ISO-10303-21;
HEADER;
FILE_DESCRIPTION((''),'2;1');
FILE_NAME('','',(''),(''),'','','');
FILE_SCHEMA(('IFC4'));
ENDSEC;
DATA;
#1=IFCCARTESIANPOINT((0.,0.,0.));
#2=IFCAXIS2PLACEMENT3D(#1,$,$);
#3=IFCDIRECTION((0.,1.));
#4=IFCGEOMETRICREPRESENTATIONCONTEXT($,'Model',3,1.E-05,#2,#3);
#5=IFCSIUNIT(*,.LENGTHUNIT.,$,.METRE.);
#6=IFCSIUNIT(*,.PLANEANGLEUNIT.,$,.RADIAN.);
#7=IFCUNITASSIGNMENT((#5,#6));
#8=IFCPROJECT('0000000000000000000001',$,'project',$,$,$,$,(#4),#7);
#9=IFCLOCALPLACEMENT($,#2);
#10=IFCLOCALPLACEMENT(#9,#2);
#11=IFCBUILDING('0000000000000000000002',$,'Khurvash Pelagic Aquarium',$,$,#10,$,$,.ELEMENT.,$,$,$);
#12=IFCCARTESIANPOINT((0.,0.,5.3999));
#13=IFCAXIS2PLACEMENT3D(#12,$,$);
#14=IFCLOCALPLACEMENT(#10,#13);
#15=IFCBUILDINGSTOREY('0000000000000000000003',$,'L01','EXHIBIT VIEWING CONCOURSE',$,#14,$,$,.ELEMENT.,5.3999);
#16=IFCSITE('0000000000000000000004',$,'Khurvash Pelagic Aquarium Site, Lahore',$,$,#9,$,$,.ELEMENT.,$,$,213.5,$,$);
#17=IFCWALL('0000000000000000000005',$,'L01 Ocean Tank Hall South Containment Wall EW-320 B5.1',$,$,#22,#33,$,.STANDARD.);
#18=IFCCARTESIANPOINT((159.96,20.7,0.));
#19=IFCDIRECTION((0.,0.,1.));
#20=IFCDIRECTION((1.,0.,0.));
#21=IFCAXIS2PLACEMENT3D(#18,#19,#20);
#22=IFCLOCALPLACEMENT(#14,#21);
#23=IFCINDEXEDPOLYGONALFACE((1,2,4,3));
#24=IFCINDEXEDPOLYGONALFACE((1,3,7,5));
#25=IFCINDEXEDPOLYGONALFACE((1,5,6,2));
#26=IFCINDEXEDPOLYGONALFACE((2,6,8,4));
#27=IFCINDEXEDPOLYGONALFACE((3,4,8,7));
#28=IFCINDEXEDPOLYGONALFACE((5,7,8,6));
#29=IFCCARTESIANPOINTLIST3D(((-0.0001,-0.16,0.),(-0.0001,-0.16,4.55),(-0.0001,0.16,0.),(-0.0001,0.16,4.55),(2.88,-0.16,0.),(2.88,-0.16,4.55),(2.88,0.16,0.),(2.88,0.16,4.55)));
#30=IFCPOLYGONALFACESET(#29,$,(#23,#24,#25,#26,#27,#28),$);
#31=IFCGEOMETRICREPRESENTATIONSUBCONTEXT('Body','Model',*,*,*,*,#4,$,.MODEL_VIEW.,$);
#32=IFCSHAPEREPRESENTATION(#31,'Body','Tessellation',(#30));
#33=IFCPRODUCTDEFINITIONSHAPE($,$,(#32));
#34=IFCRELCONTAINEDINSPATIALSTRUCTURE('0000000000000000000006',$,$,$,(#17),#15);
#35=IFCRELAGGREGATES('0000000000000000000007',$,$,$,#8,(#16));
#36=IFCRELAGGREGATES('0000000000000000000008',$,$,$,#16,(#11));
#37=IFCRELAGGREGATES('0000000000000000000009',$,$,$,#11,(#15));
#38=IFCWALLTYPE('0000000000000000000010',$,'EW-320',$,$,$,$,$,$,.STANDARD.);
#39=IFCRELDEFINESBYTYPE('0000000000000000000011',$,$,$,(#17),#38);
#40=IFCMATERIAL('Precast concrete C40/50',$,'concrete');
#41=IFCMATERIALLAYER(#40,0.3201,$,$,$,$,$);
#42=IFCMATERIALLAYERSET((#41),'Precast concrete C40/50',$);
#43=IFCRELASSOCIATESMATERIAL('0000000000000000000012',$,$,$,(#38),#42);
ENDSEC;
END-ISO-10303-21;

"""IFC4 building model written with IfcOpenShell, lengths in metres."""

from ifc_helpers import new_model, si_unit, direction, frame, frame_2d, origin, place, context, subcontext, project, spatial, rectangle, extrude, material, layer, layer_set, type_object, element, save


model = new_model("IFC4")

# Units and contexts
model_context = context("Model", 3, precision=1e-05, world=origin(), true_north=direction((0.0, 1.0)))
body_context = subcontext(model_context, "Body", "Model", "MODEL_VIEW")
ifc_project = project(units=[si_unit("LENGTHUNIT", "METRE"), si_unit("PLANEANGLEUNIT", "RADIAN")], contexts=[model_context])

# Site, building, storey
site_placement = place(None, origin())
site = spatial("IfcSite", under=ifc_project, at=site_placement, Name="Khurvash Pelagic Aquarium Site, Lahore", CompositionType="ELEMENT", RefElevation=213.5)
building_placement = place(site_placement, origin())
building = spatial("IfcBuilding", under=site, at=building_placement, Name="Khurvash Pelagic Aquarium", CompositionType="ELEMENT")
storey_placement = place(building_placement, frame((0.0, 0.0, 5.3999)))
storey = spatial("IfcBuildingStorey", under=building, at=storey_placement, Name="L01", Description="EXHIBIT VIEWING CONCOURSE", CompositionType="ELEMENT", Elevation=5.3999)

# Shared definitions
ifc_material_1 = material(Name="Precast concrete C40/50", Category="concrete")
ifc_layer_1 = layer(ifc_material_1, 0.3201)
ifc_layer_set_1 = layer_set([ifc_layer_1], Name="Precast concrete C40/50")
wall_type = type_object("IfcWallType", Name="EW-320", PredefinedType="STANDARD", material=ifc_layer_set_1)

# Wall
wall_1_placement = place(storey_placement, frame((159.96, 20.7, 0.0), z_axis=(0.0, 0.0, 1.0), x_axis=(1.0, 0.0, 0.0)))
element("IfcWall", 1, at=wall_1_placement, inside=storey, type_object=wall_type, Name="L01 Ocean Tank Hall South Containment Wall EW-320 B5.1", PredefinedType="STANDARD", context=body_context, shape_type="SweptSolid", body=[
    extrude(rectangle(XDim=2.8801, YDim=0.3201, at=frame_2d((1.4399, 0.0))), origin(), (0.0, 0.0, 1.0), 4.55),
])

save(model, "model.ifc")
